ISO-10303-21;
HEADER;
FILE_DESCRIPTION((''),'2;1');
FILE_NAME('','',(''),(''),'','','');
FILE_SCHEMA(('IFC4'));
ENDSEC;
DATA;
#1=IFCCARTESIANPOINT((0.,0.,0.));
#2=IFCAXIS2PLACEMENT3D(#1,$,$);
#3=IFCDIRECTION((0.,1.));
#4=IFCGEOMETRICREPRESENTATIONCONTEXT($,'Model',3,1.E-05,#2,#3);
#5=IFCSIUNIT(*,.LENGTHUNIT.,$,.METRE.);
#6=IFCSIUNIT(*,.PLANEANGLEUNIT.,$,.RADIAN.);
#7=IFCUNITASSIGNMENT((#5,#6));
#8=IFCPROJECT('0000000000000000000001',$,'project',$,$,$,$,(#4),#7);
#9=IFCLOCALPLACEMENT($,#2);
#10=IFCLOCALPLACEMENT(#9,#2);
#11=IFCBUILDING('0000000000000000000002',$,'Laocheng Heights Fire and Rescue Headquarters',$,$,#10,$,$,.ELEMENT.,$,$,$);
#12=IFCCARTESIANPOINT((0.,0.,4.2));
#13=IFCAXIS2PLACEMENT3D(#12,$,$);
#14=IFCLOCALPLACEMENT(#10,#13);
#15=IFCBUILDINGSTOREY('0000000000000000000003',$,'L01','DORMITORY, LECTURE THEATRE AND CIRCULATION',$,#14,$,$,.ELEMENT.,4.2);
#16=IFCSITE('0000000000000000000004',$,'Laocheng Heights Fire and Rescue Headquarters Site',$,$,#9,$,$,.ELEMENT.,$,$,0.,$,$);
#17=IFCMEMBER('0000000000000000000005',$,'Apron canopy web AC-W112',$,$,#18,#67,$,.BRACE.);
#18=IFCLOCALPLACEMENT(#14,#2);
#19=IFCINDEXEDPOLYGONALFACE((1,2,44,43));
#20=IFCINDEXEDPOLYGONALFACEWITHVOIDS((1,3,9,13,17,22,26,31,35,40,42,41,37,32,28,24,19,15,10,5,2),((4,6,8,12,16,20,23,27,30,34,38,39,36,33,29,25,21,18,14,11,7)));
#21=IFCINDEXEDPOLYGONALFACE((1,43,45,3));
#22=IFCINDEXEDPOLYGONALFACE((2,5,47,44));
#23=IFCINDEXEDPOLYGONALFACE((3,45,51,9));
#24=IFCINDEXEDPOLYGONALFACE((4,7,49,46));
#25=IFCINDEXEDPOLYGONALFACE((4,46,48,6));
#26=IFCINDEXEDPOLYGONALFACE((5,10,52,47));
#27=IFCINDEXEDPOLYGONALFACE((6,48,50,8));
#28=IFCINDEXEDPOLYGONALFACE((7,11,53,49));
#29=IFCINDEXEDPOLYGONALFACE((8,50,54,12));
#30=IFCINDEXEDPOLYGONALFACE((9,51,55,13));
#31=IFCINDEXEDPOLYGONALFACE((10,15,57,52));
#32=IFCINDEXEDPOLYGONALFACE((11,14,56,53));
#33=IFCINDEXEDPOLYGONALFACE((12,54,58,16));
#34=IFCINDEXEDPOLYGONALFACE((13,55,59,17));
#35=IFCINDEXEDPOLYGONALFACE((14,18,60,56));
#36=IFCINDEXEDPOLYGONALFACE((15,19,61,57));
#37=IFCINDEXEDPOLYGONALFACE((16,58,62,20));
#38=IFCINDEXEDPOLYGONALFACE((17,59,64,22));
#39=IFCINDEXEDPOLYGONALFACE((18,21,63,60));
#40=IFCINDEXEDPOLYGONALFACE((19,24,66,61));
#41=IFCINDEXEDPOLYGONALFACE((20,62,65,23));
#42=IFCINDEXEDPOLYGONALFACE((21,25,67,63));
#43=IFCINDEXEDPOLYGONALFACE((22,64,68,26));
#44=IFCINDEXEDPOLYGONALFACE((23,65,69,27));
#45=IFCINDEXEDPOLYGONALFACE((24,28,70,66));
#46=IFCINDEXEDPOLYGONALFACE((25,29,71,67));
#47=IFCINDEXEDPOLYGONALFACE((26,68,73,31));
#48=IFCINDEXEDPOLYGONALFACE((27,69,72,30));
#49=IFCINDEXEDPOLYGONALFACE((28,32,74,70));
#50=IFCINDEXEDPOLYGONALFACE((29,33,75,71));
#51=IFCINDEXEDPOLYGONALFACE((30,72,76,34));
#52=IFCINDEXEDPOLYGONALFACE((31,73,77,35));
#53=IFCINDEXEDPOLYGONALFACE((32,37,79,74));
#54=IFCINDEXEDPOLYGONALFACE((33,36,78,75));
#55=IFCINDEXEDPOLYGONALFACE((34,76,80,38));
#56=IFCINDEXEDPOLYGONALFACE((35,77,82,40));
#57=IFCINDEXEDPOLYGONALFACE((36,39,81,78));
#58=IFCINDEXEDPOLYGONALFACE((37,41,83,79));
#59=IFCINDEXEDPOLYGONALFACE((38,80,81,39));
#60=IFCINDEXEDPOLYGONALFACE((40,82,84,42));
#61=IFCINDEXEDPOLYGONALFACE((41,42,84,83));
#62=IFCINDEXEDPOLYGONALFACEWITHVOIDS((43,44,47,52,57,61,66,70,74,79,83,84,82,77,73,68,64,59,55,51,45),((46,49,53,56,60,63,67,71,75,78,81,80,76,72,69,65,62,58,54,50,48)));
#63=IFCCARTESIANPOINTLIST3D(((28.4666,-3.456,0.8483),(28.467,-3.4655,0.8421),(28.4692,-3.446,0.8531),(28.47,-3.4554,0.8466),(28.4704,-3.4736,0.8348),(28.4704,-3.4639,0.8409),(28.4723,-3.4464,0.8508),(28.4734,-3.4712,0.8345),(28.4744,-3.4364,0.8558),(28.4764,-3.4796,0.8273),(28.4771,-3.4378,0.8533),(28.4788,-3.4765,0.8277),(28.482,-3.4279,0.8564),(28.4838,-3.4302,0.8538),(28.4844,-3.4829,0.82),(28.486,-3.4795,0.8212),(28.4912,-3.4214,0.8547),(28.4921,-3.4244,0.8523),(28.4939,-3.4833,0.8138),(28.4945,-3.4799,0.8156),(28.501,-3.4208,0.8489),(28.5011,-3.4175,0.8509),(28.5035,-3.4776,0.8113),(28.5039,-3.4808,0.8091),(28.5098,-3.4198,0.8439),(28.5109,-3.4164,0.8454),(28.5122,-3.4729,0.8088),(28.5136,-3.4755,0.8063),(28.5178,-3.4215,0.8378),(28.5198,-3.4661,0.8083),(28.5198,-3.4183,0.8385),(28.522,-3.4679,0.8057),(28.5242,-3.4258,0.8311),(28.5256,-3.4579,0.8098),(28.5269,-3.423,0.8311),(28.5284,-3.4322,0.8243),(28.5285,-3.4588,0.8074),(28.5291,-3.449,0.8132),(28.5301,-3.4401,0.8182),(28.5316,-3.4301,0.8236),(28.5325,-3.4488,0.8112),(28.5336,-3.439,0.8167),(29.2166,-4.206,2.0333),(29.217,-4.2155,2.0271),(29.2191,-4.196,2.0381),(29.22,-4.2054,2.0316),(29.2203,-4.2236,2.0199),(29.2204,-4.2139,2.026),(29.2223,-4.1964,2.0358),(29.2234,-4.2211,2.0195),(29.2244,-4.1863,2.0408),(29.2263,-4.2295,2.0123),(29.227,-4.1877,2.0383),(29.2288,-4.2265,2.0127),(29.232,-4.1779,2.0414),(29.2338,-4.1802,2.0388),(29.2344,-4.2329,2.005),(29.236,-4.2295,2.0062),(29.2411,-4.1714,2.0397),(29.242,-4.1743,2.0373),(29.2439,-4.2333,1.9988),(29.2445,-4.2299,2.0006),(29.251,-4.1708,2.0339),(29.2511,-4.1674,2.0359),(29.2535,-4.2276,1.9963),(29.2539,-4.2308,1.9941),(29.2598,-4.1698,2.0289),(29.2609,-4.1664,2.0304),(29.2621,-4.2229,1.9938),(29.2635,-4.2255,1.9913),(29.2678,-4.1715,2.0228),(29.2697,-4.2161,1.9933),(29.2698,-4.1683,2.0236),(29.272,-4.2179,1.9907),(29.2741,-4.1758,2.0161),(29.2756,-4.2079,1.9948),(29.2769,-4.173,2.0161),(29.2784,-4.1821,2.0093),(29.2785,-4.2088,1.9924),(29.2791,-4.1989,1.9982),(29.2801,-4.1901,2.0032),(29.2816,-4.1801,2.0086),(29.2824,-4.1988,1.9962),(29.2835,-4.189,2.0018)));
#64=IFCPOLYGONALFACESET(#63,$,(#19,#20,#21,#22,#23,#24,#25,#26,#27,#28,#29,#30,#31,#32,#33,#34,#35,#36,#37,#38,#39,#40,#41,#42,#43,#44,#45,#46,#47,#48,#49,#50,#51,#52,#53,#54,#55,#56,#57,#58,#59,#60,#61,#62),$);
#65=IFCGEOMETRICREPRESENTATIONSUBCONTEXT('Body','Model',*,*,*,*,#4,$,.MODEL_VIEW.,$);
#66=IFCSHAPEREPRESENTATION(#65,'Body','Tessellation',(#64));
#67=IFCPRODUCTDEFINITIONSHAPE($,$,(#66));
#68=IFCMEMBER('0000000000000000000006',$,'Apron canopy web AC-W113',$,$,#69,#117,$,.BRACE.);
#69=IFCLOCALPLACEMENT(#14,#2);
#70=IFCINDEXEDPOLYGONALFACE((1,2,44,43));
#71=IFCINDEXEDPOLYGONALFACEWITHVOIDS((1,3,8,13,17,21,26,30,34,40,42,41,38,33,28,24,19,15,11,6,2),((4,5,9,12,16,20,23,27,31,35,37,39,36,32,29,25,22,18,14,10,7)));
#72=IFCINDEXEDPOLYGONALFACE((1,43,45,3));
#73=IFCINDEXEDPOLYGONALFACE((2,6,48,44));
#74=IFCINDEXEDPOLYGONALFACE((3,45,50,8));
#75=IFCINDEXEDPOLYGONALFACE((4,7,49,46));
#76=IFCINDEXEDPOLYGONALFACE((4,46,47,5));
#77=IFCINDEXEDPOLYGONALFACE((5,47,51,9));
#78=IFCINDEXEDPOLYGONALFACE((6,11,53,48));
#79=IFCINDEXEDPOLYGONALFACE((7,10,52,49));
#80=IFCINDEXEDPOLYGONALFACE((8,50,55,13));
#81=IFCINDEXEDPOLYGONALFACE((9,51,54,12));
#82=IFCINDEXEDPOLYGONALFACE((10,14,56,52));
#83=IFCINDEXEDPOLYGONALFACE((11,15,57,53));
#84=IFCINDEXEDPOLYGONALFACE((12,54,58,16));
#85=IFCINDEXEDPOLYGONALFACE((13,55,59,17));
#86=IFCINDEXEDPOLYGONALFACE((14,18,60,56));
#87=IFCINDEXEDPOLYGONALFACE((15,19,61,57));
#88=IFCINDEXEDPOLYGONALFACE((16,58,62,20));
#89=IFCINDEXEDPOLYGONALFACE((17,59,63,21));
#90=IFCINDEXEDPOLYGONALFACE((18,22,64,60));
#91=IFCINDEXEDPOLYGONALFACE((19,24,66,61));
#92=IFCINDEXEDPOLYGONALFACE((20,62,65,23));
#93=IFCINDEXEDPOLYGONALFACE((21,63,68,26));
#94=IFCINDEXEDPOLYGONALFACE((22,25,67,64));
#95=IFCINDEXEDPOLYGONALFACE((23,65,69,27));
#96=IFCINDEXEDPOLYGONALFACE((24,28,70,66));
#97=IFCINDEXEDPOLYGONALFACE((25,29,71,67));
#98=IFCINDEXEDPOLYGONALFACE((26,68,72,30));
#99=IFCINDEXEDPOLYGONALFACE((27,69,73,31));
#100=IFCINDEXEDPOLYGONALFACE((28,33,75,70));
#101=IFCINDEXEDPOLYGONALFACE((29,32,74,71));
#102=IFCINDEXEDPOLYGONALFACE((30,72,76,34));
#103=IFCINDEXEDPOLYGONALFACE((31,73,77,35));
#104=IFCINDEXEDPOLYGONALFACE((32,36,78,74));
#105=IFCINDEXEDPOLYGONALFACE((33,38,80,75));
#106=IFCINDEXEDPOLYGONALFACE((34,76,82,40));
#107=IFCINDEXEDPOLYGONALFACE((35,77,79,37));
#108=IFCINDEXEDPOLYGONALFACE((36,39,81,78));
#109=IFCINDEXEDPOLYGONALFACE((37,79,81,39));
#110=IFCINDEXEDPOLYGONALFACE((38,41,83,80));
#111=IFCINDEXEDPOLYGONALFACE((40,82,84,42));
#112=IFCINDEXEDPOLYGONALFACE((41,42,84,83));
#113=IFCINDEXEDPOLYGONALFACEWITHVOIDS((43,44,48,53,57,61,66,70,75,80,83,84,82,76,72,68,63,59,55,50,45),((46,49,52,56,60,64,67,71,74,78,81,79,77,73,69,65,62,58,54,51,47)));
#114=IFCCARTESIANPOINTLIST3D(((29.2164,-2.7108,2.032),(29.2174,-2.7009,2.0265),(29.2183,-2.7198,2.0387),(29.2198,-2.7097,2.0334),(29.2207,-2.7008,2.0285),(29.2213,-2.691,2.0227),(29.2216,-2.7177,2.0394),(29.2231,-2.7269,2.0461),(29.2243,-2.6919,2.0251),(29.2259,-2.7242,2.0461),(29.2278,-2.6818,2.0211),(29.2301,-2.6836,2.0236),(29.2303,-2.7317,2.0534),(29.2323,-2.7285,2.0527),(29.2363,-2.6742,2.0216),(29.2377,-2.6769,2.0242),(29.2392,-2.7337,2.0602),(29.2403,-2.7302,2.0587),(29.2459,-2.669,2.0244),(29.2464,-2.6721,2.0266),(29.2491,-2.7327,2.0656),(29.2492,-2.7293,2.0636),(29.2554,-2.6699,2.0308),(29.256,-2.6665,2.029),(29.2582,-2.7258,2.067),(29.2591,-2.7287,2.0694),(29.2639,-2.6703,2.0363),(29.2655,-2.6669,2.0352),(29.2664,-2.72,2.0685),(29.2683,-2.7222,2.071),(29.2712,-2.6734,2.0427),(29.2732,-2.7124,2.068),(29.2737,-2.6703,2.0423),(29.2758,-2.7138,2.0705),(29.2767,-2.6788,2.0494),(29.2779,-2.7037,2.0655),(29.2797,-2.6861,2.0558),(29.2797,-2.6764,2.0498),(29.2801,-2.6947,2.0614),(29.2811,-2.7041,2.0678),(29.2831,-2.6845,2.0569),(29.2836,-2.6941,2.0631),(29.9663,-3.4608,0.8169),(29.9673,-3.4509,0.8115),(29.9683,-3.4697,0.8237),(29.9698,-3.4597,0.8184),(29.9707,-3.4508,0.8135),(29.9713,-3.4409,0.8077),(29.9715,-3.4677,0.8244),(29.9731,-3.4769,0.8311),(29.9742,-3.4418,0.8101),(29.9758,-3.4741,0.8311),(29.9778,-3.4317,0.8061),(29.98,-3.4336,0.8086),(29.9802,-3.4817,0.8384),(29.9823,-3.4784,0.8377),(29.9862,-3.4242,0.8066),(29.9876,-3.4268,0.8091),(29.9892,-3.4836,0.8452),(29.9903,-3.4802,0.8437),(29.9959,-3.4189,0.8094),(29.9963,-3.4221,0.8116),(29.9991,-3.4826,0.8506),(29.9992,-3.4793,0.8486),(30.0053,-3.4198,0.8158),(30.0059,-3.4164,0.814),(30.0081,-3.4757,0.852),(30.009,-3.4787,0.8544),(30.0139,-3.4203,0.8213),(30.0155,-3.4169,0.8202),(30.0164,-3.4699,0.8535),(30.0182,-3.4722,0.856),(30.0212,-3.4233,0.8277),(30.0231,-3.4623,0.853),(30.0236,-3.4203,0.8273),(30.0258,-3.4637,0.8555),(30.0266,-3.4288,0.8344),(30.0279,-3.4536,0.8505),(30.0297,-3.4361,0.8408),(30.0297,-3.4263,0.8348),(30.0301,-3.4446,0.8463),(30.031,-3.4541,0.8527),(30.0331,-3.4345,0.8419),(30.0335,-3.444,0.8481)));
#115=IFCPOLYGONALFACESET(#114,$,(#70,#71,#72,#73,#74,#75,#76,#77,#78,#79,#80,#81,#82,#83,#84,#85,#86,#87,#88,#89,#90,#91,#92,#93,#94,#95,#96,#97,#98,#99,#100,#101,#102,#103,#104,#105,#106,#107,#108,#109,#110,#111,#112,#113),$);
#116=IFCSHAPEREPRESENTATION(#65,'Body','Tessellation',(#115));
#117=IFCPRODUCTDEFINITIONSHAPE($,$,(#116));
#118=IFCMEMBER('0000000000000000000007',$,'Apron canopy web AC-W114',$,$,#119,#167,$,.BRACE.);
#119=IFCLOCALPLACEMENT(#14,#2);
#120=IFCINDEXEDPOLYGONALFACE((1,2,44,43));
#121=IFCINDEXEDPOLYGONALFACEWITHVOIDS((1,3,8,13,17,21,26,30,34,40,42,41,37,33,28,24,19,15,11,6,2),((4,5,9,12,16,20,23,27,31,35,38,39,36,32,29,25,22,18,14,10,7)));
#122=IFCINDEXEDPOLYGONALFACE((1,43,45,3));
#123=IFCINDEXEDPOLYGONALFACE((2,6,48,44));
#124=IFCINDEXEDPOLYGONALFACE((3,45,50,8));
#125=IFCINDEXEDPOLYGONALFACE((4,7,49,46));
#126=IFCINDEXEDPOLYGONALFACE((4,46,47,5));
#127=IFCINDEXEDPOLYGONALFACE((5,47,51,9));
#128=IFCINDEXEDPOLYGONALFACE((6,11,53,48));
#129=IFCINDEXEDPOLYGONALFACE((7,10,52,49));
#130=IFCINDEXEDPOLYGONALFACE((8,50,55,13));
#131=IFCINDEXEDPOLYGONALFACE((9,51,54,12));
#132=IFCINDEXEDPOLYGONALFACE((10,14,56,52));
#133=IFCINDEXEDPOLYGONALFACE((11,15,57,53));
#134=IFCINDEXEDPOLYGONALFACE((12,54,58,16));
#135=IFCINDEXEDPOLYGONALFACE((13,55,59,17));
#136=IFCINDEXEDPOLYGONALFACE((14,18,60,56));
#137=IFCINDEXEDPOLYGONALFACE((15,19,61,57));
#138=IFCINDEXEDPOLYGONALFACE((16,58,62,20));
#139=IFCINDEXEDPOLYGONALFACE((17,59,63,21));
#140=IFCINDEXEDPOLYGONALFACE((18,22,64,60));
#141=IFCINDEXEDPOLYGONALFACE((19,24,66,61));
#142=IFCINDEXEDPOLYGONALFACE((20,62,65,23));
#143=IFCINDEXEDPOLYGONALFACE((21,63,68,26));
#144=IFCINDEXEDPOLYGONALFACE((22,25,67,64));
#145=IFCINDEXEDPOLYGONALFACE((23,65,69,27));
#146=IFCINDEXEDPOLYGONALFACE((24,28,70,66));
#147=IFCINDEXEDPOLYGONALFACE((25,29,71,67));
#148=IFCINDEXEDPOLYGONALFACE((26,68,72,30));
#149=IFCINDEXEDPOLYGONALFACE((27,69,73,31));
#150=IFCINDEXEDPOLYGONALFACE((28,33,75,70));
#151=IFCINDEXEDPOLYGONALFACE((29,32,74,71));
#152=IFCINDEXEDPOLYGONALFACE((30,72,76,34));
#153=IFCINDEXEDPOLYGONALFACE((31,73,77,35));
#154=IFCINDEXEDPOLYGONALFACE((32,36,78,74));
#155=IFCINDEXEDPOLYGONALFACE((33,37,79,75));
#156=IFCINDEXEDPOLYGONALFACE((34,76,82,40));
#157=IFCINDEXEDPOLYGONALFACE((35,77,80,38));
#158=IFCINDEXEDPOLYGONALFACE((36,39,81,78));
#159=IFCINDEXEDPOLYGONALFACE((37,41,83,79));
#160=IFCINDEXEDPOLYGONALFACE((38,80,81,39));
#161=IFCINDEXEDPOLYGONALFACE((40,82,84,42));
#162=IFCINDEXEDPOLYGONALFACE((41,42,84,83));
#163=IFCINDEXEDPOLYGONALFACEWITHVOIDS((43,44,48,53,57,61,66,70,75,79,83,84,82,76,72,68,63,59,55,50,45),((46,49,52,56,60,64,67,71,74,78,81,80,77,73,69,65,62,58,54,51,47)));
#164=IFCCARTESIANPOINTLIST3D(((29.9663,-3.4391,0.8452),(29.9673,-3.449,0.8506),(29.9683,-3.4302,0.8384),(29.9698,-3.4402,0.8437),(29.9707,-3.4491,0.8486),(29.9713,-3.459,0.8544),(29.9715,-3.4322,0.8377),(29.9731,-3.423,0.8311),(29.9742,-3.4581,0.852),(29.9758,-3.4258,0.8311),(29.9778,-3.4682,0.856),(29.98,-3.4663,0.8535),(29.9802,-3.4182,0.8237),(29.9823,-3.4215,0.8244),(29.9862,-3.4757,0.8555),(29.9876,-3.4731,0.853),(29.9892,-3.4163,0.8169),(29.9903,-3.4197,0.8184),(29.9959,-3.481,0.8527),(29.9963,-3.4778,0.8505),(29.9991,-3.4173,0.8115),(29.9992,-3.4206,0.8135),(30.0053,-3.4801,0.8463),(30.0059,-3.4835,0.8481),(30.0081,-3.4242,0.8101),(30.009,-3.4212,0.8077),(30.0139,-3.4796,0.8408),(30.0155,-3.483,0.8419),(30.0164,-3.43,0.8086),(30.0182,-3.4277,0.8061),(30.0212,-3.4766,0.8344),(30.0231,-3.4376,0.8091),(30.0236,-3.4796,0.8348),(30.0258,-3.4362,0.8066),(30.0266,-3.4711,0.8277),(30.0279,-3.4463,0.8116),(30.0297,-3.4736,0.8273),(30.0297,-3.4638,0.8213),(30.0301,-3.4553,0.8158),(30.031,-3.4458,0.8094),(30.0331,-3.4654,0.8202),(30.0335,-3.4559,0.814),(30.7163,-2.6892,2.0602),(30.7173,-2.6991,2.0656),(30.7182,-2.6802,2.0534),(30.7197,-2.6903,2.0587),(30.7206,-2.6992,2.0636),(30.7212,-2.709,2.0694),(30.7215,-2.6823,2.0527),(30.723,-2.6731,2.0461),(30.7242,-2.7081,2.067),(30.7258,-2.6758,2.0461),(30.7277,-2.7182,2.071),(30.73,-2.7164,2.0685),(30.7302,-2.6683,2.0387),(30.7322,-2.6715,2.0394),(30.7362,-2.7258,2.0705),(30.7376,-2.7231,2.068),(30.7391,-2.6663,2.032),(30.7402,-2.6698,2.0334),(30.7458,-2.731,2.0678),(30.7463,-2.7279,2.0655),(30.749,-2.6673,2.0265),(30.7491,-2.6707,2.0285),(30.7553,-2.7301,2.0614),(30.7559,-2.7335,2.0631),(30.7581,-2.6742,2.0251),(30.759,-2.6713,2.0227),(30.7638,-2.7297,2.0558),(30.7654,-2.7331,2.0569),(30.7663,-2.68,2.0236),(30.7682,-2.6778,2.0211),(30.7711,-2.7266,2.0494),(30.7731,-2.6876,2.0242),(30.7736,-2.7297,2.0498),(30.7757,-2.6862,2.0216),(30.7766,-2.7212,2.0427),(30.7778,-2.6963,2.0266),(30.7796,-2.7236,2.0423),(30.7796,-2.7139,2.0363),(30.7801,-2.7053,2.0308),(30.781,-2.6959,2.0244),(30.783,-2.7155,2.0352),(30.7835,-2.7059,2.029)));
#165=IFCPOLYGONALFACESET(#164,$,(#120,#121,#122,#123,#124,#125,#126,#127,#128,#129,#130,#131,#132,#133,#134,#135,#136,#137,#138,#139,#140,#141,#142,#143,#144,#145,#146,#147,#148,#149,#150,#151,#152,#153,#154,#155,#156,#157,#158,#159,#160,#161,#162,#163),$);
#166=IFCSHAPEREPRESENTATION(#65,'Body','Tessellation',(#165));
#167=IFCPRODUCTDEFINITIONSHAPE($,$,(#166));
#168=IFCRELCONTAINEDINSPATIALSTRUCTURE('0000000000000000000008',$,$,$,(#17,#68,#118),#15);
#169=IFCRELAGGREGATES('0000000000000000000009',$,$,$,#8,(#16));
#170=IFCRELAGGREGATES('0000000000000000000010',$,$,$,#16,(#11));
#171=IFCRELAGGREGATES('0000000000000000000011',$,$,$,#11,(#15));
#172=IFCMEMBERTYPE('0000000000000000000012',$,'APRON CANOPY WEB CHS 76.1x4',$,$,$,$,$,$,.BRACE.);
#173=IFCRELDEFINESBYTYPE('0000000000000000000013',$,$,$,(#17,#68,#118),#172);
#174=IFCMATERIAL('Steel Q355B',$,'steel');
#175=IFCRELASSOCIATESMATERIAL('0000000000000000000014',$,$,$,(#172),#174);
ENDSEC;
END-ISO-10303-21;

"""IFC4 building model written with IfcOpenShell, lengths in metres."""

from ifc_helpers import new_model, si_unit, direction, frame, origin, origin_2d, place, context, subcontext, project, spatial, hollow_circle, extrude, material, material_profile, profile_set, type_object, element, save


model = new_model("IFC4")

# Units and contexts
model_context = context("Model", 3, precision=1e-05, world=origin(), true_north=direction((0.0, 1.0)))
body_context = subcontext(model_context, "Body", "Model", "MODEL_VIEW")
ifc_project = project(units=[si_unit("LENGTHUNIT", "METRE"), si_unit("PLANEANGLEUNIT", "RADIAN")], contexts=[model_context])

# Site, building, storey
site_placement = place(None, origin())
site = spatial("IfcSite", under=ifc_project, at=site_placement, Name="Laocheng Heights Fire and Rescue Headquarters Site", CompositionType="ELEMENT", RefElevation=0.0)
building_placement = place(site_placement, origin())
building = spatial("IfcBuilding", under=site, at=building_placement, Name="Laocheng Heights Fire and Rescue Headquarters", CompositionType="ELEMENT")
storey_placement = place(building_placement, frame((0.0, 0.0, 4.2)))
storey = spatial("IfcBuildingStorey", under=building, at=storey_placement, Name="L01", Description="DORMITORY, LECTURE THEATRE AND CIRCULATION", CompositionType="ELEMENT", Elevation=4.2)

# Members
ifc_material_1 = material(Name="Steel Q355B", Category="steel")
ifc_material_profile_1 = material_profile(ifc_material_1, hollow_circle(Radius=0.0381, WallThickness=0.0039, at=origin_2d()), Name="CHS 76.1x4")
ifc_profile_set_1 = profile_set([ifc_material_profile_1], Name="Steel Q355B")
member_type_1 = type_object("IfcMemberType", Name="APRON CANOPY WEB CHS 76.1x4", PredefinedType="BRACE", material=ifc_profile_set_1)
for number, where, z_axis, x_axis, name in (
    (1, (28.5, -3.45, 0.8311), (0.47158, -0.47158, 0.745134), (0.707107, 0.707107, 0.0), "Apron canopy web AC-W112"),
):
    element("IfcMember", number, at=place(storey_placement, frame(where, z_axis=z_axis, x_axis=x_axis)), inside=storey, type_object=member_type_1, Name=name, PredefinedType="BRACE", context=body_context, shape_type="SweptSolid", body=[
        extrude(hollow_circle(Radius=0.0381, WallThickness=0.0039, at=origin_2d()), origin(), (0.0, 0.0, 1.0), 1.5903),
    ])
for number, where, z_axis, x_axis, name in (
    (2, (30.0, -3.45, 0.8311), (-0.465002, 0.465002, 0.753357), (-0.707107, -0.707107, 0.0), "Apron canopy web AC-W113"),
    (3, (30.0, -3.45, 0.8311), (0.465002, 0.465002, 0.753357), (-0.707107, 0.707107, 0.0), "Apron canopy web AC-W114"),
):
    element("IfcMember", number, at=place(storey_placement, frame(where, z_axis=z_axis, x_axis=x_axis)), inside=storey, type_object=member_type_1, Name=name, PredefinedType="BRACE", context=body_context, shape_type="SweptSolid", body=[
        extrude(hollow_circle(Radius=0.0381, WallThickness=0.0039, at=origin_2d()), origin(), (0.0, 0.0, 1.0), 1.6128),
    ])

save(model, "model.ifc")
